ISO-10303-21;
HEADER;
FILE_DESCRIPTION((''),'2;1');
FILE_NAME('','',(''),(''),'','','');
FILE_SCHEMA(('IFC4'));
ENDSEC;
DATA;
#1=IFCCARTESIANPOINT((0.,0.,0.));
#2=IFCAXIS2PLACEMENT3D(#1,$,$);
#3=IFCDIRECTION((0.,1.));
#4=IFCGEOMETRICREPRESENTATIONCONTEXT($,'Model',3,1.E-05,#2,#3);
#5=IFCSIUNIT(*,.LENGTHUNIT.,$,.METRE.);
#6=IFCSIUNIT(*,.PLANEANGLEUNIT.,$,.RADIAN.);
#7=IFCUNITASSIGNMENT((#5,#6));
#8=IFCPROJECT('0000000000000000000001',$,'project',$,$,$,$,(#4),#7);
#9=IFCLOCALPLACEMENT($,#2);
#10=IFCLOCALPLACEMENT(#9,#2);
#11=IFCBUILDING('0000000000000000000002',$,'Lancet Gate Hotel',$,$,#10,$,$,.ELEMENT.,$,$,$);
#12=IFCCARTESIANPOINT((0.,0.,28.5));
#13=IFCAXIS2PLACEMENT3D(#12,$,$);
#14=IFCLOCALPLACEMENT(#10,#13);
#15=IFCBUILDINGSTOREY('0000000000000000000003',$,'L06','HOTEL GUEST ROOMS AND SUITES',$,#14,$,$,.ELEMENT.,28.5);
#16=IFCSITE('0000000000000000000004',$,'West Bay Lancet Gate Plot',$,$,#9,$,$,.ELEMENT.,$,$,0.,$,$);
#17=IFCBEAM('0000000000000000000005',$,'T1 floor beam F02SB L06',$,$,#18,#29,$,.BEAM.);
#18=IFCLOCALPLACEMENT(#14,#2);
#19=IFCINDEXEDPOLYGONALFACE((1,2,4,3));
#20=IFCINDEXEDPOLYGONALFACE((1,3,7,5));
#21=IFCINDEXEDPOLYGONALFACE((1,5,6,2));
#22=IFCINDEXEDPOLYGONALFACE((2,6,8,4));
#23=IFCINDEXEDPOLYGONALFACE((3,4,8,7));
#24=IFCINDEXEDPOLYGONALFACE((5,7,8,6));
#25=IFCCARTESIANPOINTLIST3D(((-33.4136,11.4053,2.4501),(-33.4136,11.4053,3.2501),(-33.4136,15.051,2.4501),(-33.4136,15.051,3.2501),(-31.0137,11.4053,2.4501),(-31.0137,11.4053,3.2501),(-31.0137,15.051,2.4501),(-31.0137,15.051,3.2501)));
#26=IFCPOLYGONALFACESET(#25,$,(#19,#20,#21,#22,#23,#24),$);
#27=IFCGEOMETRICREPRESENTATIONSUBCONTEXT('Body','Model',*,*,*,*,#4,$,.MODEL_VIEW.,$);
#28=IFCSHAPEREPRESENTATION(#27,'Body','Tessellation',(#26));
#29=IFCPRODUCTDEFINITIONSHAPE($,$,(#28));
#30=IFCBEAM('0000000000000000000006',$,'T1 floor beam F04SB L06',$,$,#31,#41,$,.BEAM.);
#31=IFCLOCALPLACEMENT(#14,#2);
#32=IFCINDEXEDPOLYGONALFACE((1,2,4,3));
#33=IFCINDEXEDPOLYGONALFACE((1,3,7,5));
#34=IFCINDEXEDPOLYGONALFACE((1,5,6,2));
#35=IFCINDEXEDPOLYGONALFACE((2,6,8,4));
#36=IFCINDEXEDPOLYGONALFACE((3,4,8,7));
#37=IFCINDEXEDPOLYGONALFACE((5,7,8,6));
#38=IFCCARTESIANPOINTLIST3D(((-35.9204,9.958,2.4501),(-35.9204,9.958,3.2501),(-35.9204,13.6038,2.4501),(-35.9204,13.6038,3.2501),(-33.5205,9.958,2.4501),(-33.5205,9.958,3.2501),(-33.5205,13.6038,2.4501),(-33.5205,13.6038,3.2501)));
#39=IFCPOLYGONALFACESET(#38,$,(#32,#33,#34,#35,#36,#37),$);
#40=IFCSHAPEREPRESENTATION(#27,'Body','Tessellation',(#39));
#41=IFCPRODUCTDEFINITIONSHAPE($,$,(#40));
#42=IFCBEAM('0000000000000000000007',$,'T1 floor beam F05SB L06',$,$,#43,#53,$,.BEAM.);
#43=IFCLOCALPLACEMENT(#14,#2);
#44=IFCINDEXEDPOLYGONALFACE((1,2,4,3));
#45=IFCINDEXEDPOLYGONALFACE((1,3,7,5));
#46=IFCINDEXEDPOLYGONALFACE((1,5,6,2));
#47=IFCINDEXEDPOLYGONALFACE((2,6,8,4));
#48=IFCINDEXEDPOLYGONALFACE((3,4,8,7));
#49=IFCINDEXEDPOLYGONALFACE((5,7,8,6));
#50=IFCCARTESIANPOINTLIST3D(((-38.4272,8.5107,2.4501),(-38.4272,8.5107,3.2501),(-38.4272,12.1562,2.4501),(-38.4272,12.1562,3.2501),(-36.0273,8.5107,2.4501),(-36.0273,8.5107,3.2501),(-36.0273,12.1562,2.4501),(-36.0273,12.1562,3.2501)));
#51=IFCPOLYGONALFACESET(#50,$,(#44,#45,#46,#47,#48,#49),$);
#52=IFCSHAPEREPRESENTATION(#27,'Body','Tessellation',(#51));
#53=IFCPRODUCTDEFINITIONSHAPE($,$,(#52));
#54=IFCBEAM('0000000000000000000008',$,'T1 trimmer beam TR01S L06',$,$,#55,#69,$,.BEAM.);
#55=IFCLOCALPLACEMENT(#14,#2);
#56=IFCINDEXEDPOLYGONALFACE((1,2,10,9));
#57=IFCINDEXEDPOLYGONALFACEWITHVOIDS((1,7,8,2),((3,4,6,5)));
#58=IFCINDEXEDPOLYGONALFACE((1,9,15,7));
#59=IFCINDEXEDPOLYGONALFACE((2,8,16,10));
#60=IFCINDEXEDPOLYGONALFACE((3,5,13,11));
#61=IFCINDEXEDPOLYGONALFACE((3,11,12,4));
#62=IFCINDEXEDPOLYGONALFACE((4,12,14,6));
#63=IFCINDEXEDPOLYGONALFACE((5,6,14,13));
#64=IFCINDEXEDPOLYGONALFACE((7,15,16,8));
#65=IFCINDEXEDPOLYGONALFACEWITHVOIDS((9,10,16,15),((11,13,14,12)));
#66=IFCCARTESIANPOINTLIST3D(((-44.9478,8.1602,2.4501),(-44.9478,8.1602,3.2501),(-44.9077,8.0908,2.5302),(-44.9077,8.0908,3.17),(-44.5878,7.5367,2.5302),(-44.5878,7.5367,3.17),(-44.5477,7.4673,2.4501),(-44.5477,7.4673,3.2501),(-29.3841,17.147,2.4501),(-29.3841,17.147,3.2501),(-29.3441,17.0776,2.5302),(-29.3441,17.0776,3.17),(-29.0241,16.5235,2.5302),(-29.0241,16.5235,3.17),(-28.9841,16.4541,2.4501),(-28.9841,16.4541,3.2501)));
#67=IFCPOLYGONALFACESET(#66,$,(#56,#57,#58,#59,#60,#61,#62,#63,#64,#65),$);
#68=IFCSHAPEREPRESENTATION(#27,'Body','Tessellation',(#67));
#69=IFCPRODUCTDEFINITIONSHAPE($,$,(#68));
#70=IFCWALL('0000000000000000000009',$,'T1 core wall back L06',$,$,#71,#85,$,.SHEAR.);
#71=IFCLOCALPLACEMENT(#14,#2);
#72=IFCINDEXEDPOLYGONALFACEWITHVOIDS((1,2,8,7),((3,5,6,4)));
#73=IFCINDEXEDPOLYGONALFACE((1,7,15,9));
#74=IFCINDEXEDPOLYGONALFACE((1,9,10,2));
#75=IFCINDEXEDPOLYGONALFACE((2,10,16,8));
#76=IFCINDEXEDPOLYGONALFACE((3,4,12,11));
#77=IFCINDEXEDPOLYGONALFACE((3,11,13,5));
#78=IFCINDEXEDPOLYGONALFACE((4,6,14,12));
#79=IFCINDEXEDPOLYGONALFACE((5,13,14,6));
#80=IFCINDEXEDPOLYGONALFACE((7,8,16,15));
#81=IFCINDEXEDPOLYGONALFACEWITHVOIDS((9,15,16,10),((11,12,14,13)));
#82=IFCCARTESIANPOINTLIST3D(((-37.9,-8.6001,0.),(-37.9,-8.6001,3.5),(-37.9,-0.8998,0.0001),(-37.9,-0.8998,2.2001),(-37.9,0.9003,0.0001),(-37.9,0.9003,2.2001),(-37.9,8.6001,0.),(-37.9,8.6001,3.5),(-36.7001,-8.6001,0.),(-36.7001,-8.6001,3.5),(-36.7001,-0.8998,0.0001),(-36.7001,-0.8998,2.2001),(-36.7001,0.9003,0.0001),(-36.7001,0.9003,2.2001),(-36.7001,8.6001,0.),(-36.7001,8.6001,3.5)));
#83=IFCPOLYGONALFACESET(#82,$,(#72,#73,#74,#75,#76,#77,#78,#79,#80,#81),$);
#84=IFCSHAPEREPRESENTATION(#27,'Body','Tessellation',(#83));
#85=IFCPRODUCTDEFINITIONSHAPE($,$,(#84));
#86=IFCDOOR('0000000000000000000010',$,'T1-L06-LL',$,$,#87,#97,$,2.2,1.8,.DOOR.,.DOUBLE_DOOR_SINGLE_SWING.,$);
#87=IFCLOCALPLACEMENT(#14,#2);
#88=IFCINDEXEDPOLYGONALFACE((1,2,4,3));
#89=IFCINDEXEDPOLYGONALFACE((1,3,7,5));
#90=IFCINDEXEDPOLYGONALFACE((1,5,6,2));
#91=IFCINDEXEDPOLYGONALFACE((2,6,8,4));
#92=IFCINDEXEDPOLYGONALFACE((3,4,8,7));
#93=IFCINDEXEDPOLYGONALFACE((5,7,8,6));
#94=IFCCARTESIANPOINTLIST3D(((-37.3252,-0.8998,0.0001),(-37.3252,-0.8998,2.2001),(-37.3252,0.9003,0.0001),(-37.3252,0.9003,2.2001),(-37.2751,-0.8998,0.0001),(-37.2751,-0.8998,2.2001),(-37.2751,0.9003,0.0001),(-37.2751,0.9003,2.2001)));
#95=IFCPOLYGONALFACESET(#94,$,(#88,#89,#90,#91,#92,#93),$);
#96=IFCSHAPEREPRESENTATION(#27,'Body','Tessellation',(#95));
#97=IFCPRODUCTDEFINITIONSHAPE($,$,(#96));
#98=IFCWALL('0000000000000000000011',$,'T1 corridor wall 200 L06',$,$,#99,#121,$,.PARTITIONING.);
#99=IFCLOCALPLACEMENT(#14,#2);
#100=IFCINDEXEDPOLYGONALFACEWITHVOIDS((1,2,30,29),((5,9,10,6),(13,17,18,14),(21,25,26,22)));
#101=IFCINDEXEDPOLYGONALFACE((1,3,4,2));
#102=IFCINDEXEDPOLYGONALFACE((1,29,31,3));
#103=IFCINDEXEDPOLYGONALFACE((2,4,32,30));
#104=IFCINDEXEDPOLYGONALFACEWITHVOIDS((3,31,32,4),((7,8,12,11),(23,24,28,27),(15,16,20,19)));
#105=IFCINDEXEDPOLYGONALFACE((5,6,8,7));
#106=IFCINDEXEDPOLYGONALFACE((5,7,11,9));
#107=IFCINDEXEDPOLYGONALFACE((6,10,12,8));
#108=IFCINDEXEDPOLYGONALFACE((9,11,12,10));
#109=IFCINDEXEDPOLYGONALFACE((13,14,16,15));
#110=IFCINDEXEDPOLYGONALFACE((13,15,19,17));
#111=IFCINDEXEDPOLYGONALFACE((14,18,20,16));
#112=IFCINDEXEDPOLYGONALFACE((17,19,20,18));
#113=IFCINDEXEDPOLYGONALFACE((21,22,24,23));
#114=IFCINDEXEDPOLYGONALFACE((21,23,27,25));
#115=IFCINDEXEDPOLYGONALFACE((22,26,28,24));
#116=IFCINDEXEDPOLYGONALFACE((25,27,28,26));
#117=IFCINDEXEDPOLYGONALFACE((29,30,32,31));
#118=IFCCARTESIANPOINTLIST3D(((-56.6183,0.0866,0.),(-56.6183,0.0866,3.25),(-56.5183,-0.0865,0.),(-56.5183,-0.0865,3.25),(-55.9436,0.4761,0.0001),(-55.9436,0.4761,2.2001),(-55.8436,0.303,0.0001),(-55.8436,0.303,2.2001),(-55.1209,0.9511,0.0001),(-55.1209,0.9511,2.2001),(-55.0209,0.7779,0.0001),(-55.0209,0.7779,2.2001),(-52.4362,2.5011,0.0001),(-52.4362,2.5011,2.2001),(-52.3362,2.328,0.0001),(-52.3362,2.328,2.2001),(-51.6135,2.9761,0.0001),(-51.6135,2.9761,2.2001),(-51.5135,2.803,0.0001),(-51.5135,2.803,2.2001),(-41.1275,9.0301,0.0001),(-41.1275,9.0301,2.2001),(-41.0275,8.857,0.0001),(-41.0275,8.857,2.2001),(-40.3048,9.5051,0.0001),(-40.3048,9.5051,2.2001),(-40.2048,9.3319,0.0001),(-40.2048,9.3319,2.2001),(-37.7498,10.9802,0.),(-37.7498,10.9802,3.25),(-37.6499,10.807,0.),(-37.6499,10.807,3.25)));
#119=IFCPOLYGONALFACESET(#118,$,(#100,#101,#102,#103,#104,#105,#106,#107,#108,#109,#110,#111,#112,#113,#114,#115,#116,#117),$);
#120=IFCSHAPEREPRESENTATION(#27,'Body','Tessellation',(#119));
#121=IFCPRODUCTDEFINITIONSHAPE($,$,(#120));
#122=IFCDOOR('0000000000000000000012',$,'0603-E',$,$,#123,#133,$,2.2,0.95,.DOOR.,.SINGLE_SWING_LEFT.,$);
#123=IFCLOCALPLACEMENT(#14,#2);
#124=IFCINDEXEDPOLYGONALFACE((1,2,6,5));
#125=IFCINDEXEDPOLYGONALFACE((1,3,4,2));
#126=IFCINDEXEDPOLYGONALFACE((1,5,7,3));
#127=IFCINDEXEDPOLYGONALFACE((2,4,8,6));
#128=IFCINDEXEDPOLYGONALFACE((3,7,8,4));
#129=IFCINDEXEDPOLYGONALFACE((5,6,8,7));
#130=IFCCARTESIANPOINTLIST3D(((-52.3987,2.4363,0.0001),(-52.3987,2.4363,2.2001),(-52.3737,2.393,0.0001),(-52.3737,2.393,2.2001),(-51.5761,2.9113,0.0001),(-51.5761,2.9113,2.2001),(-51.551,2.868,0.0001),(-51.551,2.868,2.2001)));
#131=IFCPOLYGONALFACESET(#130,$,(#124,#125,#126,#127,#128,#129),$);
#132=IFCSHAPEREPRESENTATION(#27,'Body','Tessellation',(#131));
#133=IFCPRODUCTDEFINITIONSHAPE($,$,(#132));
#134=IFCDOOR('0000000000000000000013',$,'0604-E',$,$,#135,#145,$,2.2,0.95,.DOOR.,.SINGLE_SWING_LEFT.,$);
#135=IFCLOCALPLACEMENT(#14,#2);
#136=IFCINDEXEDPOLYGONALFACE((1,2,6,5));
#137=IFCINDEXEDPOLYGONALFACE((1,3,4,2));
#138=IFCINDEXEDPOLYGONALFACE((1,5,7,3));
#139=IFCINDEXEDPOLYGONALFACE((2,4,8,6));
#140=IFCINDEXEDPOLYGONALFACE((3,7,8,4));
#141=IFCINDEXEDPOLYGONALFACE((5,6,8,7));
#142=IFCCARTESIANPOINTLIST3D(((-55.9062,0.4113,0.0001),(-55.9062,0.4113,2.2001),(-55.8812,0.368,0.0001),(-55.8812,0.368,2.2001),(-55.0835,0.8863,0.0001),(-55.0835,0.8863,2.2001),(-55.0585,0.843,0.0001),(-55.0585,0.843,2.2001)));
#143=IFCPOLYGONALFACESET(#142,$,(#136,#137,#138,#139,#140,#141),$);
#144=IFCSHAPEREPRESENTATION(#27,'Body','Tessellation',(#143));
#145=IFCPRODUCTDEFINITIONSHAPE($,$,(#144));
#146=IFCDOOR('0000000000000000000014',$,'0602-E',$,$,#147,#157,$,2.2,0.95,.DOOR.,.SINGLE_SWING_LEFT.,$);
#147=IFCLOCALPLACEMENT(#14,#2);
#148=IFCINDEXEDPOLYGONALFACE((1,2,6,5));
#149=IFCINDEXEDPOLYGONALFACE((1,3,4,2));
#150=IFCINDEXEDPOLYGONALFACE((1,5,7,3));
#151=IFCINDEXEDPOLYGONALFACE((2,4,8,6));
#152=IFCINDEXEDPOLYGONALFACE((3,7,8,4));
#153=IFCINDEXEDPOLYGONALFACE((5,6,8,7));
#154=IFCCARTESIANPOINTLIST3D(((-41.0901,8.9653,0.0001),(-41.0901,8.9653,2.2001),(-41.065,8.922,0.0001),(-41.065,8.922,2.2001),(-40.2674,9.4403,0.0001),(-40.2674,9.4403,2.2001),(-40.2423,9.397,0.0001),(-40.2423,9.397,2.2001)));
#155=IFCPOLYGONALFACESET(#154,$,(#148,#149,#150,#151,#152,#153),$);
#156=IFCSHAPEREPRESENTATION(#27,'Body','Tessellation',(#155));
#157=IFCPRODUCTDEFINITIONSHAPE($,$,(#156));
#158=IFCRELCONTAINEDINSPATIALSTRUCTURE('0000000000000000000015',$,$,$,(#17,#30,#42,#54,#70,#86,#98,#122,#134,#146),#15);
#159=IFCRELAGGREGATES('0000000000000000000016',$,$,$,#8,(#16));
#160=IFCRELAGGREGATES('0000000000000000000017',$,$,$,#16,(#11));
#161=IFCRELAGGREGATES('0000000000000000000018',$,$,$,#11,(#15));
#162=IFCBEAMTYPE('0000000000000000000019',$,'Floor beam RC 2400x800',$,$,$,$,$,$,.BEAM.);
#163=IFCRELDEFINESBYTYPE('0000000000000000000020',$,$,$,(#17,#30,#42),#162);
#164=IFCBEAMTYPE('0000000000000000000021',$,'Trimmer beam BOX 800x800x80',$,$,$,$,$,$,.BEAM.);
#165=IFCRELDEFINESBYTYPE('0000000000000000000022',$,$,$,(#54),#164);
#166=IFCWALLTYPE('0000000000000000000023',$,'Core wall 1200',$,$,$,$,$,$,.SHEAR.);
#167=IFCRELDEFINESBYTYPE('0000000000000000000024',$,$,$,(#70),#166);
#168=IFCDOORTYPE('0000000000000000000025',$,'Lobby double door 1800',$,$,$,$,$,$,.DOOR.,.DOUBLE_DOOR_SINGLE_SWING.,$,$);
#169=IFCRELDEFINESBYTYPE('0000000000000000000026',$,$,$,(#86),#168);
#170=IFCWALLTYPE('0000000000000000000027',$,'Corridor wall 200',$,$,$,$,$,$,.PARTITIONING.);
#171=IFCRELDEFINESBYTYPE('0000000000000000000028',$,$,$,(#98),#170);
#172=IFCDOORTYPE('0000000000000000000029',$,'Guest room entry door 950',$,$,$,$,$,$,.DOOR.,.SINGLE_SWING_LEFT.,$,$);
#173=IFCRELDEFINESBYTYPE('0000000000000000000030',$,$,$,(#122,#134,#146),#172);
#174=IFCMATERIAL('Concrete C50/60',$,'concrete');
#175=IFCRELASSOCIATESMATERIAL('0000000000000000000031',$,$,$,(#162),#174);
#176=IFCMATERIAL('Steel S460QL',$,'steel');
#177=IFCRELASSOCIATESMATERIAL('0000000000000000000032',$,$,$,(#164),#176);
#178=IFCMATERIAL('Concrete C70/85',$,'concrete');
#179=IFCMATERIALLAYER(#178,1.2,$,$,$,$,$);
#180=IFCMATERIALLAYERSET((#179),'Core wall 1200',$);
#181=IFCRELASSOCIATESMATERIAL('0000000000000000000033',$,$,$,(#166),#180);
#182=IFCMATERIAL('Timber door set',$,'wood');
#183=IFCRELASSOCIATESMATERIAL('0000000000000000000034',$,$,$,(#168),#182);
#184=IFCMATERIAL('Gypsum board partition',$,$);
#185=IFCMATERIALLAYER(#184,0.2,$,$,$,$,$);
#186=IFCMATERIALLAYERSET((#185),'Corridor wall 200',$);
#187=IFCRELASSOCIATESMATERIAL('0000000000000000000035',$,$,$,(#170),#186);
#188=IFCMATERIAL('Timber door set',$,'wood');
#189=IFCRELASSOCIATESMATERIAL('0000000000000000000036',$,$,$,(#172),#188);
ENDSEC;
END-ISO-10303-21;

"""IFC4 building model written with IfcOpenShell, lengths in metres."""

from ifc_helpers import new_model, si_unit, direction, frame, frame_2d, origin, origin_2d, place, context, subcontext, project, spatial, rectangle, hollow_rectangle, extrude, material, layer, layer_set, material_profile, profile_set, type_object, element, fill, save


model = new_model("IFC4")

# Units and contexts
model_context = context("Model", 3, precision=1e-05, world=origin(), true_north=direction((0.0, 1.0)))
body_context = subcontext(model_context, "Body", "Model", "MODEL_VIEW")
ifc_project = project(units=[si_unit("LENGTHUNIT", "METRE"), si_unit("PLANEANGLEUNIT", "RADIAN")], contexts=[model_context])

# Site, building, storey
site_placement = place(None, origin())
site = spatial("IfcSite", under=ifc_project, at=site_placement, Name="West Bay Lancet Gate Plot", CompositionType="ELEMENT", RefElevation=0.0)
building_placement = place(site_placement, origin())
building = spatial("IfcBuilding", under=site, at=building_placement, Name="Lancet Gate Hotel", CompositionType="ELEMENT")
storey_placement = place(building_placement, frame((0.0, 0.0, 28.5)))
storey = spatial("IfcBuildingStorey", under=building, at=storey_placement, Name="L06", Description="HOTEL GUEST ROOMS AND SUITES", CompositionType="ELEMENT", Elevation=28.5)

# Beams
ifc_material_1 = material(Name="Concrete C50/60", Category="concrete")
ifc_material_profile_1 = material_profile(ifc_material_1, rectangle(XDim=2.3999, YDim=0.8, at=origin_2d()), Name="RC 2400x800")
ifc_profile_set_1 = profile_set([ifc_material_profile_1], Name="Concrete C50/60")
beam_type_1 = type_object("IfcBeamType", Name="Floor beam RC 2400x800", PredefinedType="BEAM", material=ifc_profile_set_1)
for number, where, z_axis, x_axis, name in (
    (1, (-32.2136, 15.051, 2.8501), (0.0, -1.0, 0.0), (1.0, 0.0, 0.0), "T1 floor beam F02SB L06"),
    (2, (-34.7205, 13.6038, 2.8501), (0.0, -1.0, 0.0), (1.0, 0.0, 0.0), "T1 floor beam F04SB L06"),
):
    element("IfcBeam", number, at=place(storey_placement, frame(where, z_axis=z_axis, x_axis=x_axis)), inside=storey, type_object=beam_type_1, Name=name, PredefinedType="BEAM", context=body_context, shape_type="SweptSolid", body=[
        extrude(rectangle(XDim=2.3999, YDim=0.8, at=origin_2d()), origin(), (0.0, 0.0, 1.0), 3.6458),
    ])
beam_1_placement = place(storey_placement, frame((-37.2273, 12.1562, 2.8501), z_axis=(0.0, -1.0, 0.0), x_axis=(1.0, 0.0, 0.0)))
element("IfcBeam", 3, at=beam_1_placement, inside=storey, type_object=beam_type_1, Name="T1 floor beam F05SB L06", PredefinedType="BEAM", context=body_context, shape_type="SweptSolid", body=[
    extrude(rectangle(XDim=2.3999, YDim=0.8, at=origin_2d()), origin(), (0.0, 0.0, 1.0), 3.6455),
])
ifc_material_2 = material(Name="Steel S460QL", Category="steel")
ifc_material_profile_2 = material_profile(ifc_material_2, hollow_rectangle(XDim=0.8, YDim=0.8, WallThickness=0.0801, at=origin_2d()), Name="BOX 800x800x80")
ifc_profile_set_2 = profile_set([ifc_material_profile_2], Name="Steel S460QL")
beam_type_2 = type_object("IfcBeamType", Name="Trimmer beam BOX 800x800x80", PredefinedType="BEAM", material=ifc_profile_set_2)
beam_2_placement = place(storey_placement, frame((-29.1841, 16.8005, 2.8501), z_axis=(-0.865999, -0.500046, 0.0), x_axis=(0.500046, -0.865999, 0.0)))
element("IfcBeam", 4, at=beam_2_placement, inside=storey, type_object=beam_type_2, Name="T1 trimmer beam TR01S L06", PredefinedType="BEAM", context=body_context, shape_type="SweptSolid", body=[
    extrude(hollow_rectangle(XDim=0.8, YDim=0.8, WallThickness=0.0801, at=origin_2d()), origin(), (0.0, 0.0, 1.0), 17.9719),
])

# Wall, opening, door
ifc_material_3 = material(Name="Concrete C70/85", Category="concrete")
ifc_layer_1 = layer(ifc_material_3, 1.2)
ifc_layer_set_1 = layer_set([ifc_layer_1], Name="Core wall 1200")
wall_type_1 = type_object("IfcWallType", Name="Core wall 1200", PredefinedType="SHEAR", material=ifc_layer_set_1)
wall_1_placement = place(storey_placement, frame((-37.3, 8.6001, 0.0), z_axis=(0.0, 0.0, 1.0), x_axis=(0.0, -1.0, 0.0)))
wall_1 = element("IfcWall", 5, at=wall_1_placement, inside=storey, type_object=wall_type_1, Name="T1 core wall back L06", PredefinedType="SHEAR", context=body_context, shape_type="SweptSolid", body=[
    extrude(rectangle(XDim=17.2002, YDim=1.2, at=frame_2d((8.6001, 0.0))), origin(), (0.0, 0.0, 1.0), 3.5),
])
opening_1_placement = place(wall_1_placement, frame((7.7, 0.0, 0.0)))
opening_1 = element("IfcOpeningElement", 6, at=opening_1_placement, cuts=wall_1, PredefinedType="OPENING", context=body_context, shape_type="SweptSolid", body=[
    extrude(rectangle(XDim=1.8, YDim=2.2, at=frame_2d((0.8999, 1.1001))), frame((0.0, 0.6099, 0.0), z_axis=(0.0, -1.0, 0.0), x_axis=(1.0, 0.0, 0.0)), (0.0, 0.0, 1.0), 1.22),
])
ifc_material_4 = material(Name="Timber door set", Category="wood")
door_type_1 = type_object("IfcDoorType", Name="Lobby double door 1800", OperationType="DOUBLE_DOOR_SINGLE_SWING", PredefinedType="DOOR", material=ifc_material_4)
door_1_placement = place(opening_1_placement, origin())
door_1 = element("IfcDoor", 7, at=door_1_placement, inside=storey, type_object=door_type_1, Name="T1-L06-LL", OperationType="DOUBLE_DOOR_SINGLE_SWING", OverallHeight=2.2, OverallWidth=1.8, PredefinedType="DOOR", context=body_context, shape_type="SweptSolid", body=[
    extrude(rectangle(XDim=1.8, YDim=2.2, at=frame_2d((0.8999, 1.1001))), frame((0.0, 0.0249, 0.0), z_axis=(0.0, -1.0, 0.0), x_axis=(1.0, 0.0, 0.0)), (0.0, 0.0, 1.0), 0.05),
])
fill(opening_1, door_1)

# Wall, openings, doors
ifc_material_5 = material(Name="Gypsum board partition")
ifc_layer_2 = layer(ifc_material_5, 0.2)
ifc_layer_set_2 = layer_set([ifc_layer_2], Name="Corridor wall 200")
wall_type_2 = type_object("IfcWallType", Name="Corridor wall 200", PredefinedType="PARTITIONING", material=ifc_layer_set_2)
wall_2_placement = place(storey_placement, frame((-37.7, 10.8936, 0.0), z_axis=(0.0, 0.0, 1.0), x_axis=(-0.866028, -0.499996, 0.0)))
wall_2 = element("IfcWall", 8, at=wall_2_placement, inside=storey, type_object=wall_type_2, Name="T1 corridor wall 200 L06", PredefinedType="PARTITIONING", context=body_context, shape_type="SweptSolid", body=[
    extrude(rectangle(XDim=21.7874, YDim=0.2, at=frame_2d((10.8936, 0.0))), origin(), (0.0, 0.0, 1.0), 3.25),
])
opening_2_placement = place(wall_2_placement, frame((16.0081, 0.0, 0.0)))
opening_2 = element("IfcOpeningElement", 9, at=opening_2_placement, cuts=wall_2, PredefinedType="OPENING", context=body_context, shape_type="SweptSolid", body=[
    extrude(rectangle(XDim=0.95, YDim=2.2, at=frame_2d((0.4751, 1.1001))), frame((0.0, 0.1099, 0.0), z_axis=(0.0, -1.0, 0.0), x_axis=(1.0, 0.0, 0.0)), (0.0, 0.0, 1.0), 0.22),
])
opening_3_placement = place(wall_2_placement, frame((20.0581, 0.0, 0.0)))
opening_3 = element("IfcOpeningElement", 10, at=opening_3_placement, cuts=wall_2, PredefinedType="OPENING", context=body_context, shape_type="SweptSolid", body=[
    extrude(rectangle(XDim=0.95, YDim=2.2, at=frame_2d((0.4751, 1.1001))), frame((0.0, 0.1099, 0.0), z_axis=(0.0, -1.0, 0.0), x_axis=(1.0, 0.0, 0.0)), (0.0, 0.0, 1.0), 0.22),
])
opening_4_placement = place(wall_2_placement, frame((2.95, 0.0, 0.0)))
opening_4 = element("IfcOpeningElement", 11, at=opening_4_placement, cuts=wall_2, PredefinedType="OPENING", context=body_context, shape_type="SweptSolid", body=[
    extrude(rectangle(XDim=0.95, YDim=2.2, at=frame_2d((0.4751, 1.1001))), frame((0.0, 0.1099, 0.0), z_axis=(0.0, -1.0, 0.0), x_axis=(1.0, 0.0, 0.0)), (0.0, 0.0, 1.0), 0.22),
])
ifc_material_6 = material(Name="Timber door set", Category="wood")
door_type_2 = type_object("IfcDoorType", Name="Guest room entry door 950", OperationType="SINGLE_SWING_LEFT", PredefinedType="DOOR", material=ifc_material_6)
door_2_placement = place(opening_2_placement, origin())
door_2 = element("IfcDoor", 12, at=door_2_placement, inside=storey, type_object=door_type_2, Name="0603-E", OperationType="SINGLE_SWING_LEFT", OverallHeight=2.2, OverallWidth=0.95, PredefinedType="DOOR", context=body_context, shape_type="SweptSolid", body=[
    extrude(rectangle(XDim=0.95, YDim=2.2, at=frame_2d((0.4751, 1.1001))), frame((0.0, 0.0249, 0.0), z_axis=(0.0, -1.0, 0.0), x_axis=(1.0, 0.0, 0.0)), (0.0, 0.0, 1.0), 0.05),
])
fill(opening_2, door_2)
door_3_placement = place(opening_3_placement, origin())
door_3 = element("IfcDoor", 13, at=door_3_placement, inside=storey, type_object=door_type_2, Name="0604-E", OperationType="SINGLE_SWING_LEFT", OverallHeight=2.2, OverallWidth=0.95, PredefinedType="DOOR", context=body_context, shape_type="SweptSolid", body=[
    extrude(rectangle(XDim=0.95, YDim=2.2, at=frame_2d((0.4751, 1.1001))), frame((0.0, 0.0249, 0.0), z_axis=(0.0, -1.0, 0.0), x_axis=(1.0, 0.0, 0.0)), (0.0, 0.0, 1.0), 0.05),
])
fill(opening_3, door_3)
door_4_placement = place(opening_4_placement, origin())
door_4 = element("IfcDoor", 14, at=door_4_placement, inside=storey, type_object=door_type_2, Name="0602-E", OperationType="SINGLE_SWING_LEFT", OverallHeight=2.2, OverallWidth=0.95, PredefinedType="DOOR", context=body_context, shape_type="SweptSolid", body=[
    extrude(rectangle(XDim=0.95, YDim=2.2, at=frame_2d((0.4751, 1.1001))), frame((0.0, 0.0249, 0.0), z_axis=(0.0, -1.0, 0.0), x_axis=(1.0, 0.0, 0.0)), (0.0, 0.0, 1.0), 0.05),
])
fill(opening_4, door_4)

save(model, "model.ifc")
